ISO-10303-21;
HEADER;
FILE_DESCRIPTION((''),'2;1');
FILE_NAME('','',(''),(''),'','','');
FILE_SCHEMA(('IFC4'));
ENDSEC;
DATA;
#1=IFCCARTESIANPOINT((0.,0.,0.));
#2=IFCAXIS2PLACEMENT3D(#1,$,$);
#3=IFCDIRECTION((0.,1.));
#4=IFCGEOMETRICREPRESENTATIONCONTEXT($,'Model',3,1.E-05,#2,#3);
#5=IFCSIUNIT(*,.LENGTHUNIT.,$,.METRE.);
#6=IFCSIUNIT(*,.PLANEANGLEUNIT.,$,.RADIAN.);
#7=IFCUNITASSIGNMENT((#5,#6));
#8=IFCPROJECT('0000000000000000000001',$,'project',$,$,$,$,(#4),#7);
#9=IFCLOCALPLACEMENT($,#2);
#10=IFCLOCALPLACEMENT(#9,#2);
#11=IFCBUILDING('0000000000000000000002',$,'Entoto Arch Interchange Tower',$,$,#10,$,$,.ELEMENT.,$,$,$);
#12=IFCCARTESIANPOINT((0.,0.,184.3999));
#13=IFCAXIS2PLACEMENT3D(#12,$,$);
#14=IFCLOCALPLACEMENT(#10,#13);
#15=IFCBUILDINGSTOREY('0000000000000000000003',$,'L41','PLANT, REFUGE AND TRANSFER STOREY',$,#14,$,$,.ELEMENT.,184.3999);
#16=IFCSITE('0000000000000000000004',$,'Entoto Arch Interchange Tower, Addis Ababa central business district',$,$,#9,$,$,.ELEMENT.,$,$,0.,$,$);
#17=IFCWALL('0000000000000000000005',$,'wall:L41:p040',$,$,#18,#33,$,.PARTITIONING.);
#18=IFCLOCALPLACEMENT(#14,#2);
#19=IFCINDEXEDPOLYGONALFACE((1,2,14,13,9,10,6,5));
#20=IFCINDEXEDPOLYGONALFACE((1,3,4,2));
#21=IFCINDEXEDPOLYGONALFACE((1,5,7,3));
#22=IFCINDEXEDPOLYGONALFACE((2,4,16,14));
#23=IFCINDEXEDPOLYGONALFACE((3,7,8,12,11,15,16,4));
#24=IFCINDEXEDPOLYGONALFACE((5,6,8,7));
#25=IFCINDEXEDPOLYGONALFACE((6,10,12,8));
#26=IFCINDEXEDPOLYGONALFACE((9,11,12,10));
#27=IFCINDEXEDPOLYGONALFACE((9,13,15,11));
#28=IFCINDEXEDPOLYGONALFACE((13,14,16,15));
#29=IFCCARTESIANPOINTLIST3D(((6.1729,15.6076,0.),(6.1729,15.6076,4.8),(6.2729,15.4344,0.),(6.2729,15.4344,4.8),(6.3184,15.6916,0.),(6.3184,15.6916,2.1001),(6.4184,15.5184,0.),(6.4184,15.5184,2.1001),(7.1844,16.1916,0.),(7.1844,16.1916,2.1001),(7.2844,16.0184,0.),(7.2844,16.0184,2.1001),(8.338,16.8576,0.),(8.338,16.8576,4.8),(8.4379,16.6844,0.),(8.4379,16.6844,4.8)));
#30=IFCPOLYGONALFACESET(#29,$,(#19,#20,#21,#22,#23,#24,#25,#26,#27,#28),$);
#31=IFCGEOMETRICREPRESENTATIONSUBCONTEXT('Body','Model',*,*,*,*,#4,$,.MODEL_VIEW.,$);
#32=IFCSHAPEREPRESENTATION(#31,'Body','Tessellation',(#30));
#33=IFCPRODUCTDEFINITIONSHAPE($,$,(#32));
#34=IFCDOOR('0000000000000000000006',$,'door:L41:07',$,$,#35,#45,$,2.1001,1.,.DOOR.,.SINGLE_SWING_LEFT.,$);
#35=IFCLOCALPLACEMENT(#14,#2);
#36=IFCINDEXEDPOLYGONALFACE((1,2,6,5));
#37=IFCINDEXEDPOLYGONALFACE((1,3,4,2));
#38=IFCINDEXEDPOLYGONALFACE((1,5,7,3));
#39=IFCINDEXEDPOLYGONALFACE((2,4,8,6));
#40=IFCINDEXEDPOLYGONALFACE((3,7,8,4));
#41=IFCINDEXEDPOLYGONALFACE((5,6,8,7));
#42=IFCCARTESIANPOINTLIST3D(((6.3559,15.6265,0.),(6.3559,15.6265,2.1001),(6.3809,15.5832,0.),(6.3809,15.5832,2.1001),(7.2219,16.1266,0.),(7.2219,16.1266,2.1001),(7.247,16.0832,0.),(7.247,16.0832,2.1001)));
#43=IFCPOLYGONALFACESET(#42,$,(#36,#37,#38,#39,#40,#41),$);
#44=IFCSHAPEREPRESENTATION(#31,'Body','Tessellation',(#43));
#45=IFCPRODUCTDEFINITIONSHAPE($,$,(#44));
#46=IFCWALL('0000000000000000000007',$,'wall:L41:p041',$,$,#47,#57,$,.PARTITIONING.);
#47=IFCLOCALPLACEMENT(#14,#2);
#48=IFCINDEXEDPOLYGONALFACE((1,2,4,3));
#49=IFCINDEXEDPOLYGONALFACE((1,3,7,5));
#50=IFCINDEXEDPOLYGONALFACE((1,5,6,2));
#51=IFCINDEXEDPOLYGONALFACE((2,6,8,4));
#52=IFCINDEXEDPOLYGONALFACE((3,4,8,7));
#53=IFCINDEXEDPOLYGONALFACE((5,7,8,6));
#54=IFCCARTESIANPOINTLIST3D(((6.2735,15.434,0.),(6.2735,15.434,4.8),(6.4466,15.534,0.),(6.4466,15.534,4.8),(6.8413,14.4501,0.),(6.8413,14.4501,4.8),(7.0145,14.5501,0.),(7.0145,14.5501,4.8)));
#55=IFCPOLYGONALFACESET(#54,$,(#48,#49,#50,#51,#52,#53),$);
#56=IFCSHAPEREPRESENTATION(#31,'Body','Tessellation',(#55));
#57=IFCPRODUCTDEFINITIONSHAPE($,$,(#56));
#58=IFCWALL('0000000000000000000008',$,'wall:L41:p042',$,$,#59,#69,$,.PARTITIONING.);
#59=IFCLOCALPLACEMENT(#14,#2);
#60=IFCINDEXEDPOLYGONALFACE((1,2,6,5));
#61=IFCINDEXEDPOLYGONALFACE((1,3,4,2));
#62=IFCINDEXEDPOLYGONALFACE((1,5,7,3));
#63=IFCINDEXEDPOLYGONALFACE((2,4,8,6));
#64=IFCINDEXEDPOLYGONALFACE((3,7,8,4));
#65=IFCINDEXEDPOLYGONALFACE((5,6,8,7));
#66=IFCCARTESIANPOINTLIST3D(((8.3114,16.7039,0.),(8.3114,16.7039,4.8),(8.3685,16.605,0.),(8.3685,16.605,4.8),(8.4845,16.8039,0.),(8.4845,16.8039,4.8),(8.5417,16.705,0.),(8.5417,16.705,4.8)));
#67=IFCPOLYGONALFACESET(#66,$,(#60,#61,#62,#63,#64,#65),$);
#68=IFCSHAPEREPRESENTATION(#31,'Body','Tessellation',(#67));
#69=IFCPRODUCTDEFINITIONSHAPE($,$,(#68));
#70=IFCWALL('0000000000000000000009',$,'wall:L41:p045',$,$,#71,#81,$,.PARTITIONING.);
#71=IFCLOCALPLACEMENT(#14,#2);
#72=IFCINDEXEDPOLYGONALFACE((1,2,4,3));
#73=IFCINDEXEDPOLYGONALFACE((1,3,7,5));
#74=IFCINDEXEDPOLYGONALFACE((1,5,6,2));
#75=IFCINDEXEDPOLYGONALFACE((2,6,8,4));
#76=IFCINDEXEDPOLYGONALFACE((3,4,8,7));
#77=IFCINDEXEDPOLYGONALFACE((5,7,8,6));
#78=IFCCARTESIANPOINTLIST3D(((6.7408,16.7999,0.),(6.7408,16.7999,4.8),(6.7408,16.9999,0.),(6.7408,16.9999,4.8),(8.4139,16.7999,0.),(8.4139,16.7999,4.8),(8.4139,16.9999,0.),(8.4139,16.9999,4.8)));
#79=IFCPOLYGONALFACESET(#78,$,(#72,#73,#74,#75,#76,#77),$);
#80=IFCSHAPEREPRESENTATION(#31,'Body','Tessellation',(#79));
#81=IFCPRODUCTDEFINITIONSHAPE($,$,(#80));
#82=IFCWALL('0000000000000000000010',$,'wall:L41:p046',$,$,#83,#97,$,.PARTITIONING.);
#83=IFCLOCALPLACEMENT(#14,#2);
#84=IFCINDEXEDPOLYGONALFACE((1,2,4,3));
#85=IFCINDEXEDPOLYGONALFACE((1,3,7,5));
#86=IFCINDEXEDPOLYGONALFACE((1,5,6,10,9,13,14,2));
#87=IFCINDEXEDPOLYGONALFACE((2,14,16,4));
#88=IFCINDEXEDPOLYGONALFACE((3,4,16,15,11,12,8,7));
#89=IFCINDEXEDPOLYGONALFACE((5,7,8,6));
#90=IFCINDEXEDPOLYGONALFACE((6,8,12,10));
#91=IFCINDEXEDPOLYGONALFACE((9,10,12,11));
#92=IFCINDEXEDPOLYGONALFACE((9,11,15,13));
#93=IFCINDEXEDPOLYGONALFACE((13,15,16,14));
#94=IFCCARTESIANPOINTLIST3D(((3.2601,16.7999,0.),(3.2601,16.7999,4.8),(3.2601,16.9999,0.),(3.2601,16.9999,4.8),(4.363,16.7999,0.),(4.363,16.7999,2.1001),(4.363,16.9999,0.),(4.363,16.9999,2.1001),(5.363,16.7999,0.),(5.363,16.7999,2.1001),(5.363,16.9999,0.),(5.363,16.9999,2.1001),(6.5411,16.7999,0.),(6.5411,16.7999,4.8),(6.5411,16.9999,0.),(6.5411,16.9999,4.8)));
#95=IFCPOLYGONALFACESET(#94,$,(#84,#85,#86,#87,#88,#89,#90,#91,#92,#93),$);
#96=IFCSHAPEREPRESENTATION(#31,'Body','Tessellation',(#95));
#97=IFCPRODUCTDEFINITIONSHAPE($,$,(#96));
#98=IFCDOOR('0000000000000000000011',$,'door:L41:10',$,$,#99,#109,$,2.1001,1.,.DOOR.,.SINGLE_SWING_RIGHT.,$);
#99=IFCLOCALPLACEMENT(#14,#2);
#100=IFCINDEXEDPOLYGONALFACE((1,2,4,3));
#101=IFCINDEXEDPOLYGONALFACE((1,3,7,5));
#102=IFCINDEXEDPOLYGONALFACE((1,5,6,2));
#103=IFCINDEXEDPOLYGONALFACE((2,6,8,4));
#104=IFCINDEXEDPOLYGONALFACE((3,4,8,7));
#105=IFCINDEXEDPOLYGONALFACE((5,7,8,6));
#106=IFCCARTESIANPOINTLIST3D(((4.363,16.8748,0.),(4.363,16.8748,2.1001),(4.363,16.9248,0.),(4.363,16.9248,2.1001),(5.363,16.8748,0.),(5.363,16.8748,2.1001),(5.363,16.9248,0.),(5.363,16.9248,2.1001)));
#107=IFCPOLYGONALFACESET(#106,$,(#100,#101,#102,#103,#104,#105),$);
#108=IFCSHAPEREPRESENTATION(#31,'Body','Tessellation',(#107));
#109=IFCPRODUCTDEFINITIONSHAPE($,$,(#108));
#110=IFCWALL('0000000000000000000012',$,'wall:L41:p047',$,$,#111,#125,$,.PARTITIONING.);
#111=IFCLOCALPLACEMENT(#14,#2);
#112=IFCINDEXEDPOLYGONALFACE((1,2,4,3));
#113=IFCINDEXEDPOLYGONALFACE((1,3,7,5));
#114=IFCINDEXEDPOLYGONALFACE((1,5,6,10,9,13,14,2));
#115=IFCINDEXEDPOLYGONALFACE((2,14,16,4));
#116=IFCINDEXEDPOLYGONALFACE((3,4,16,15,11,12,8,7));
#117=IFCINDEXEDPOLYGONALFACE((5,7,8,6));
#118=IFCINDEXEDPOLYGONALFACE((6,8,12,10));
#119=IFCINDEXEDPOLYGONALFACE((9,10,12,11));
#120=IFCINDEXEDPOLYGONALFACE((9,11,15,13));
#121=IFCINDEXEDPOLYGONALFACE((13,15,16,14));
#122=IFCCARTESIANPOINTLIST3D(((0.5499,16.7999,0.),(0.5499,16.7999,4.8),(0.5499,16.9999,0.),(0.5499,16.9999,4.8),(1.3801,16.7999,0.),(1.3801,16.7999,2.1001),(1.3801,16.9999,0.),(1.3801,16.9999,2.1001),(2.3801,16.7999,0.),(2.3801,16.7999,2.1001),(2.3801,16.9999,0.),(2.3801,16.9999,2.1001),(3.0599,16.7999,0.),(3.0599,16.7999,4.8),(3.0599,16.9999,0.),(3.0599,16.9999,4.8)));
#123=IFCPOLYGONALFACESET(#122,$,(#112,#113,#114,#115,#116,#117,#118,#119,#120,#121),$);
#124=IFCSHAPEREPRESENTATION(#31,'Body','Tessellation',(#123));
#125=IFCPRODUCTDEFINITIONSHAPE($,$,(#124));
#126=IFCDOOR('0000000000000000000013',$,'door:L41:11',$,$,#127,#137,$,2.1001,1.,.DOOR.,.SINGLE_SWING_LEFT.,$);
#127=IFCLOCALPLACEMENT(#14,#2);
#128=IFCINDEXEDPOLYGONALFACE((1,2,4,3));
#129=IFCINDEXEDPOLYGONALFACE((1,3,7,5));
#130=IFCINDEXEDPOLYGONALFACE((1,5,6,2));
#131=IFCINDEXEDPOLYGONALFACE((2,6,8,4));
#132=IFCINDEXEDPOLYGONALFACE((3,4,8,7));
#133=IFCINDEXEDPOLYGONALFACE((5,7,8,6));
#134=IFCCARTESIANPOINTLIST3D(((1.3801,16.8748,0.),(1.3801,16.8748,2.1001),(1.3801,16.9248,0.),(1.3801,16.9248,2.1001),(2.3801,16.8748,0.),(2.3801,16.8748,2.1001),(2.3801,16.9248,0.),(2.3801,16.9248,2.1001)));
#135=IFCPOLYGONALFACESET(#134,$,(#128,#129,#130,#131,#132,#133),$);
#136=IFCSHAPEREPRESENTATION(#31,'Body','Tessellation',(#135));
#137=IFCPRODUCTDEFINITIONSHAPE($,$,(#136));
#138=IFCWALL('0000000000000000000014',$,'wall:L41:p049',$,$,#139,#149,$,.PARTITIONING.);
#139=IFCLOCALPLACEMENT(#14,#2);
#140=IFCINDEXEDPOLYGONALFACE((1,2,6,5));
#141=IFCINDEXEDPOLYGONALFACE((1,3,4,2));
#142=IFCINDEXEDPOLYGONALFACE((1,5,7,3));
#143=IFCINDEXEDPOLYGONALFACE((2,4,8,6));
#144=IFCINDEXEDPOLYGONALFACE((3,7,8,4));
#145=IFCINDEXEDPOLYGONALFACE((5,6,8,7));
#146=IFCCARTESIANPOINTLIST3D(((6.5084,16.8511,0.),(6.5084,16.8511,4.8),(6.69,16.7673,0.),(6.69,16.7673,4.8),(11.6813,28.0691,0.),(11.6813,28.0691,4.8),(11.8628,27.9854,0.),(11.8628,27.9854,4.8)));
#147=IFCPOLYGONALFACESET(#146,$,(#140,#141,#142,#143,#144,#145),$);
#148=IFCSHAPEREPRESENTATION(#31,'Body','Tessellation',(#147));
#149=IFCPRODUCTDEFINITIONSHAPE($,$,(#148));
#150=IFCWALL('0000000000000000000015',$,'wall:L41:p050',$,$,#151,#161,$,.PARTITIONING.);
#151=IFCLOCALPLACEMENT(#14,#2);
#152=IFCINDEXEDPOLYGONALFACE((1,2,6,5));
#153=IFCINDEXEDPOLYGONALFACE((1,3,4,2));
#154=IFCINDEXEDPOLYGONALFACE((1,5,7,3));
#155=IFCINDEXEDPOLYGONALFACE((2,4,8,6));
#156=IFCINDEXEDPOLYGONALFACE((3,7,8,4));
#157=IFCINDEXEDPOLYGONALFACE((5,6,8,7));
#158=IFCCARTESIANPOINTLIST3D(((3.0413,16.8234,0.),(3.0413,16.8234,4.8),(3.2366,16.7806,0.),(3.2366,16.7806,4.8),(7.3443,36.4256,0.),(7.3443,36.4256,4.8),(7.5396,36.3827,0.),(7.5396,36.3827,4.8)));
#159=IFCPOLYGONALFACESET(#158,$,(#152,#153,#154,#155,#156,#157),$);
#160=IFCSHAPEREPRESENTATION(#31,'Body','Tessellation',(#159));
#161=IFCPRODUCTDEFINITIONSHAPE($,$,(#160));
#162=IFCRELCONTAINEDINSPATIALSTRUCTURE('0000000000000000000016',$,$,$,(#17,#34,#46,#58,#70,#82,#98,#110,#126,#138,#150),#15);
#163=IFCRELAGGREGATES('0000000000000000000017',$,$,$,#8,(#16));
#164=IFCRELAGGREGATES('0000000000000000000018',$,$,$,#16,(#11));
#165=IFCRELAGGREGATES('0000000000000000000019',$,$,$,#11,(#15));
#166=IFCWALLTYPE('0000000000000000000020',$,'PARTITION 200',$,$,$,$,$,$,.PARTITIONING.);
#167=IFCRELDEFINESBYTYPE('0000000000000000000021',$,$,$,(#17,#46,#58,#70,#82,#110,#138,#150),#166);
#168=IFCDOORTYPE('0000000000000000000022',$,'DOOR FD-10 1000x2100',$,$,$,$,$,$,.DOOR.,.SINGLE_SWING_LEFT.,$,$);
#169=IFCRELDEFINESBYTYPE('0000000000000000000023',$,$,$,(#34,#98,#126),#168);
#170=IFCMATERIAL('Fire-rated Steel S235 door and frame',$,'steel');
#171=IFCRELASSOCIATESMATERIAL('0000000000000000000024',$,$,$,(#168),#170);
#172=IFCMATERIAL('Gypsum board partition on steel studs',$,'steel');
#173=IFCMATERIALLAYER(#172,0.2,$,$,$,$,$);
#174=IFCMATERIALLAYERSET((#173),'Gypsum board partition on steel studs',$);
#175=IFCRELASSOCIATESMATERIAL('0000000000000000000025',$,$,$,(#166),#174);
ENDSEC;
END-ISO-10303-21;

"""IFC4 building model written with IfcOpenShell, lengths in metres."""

from ifc_helpers import new_model, si_unit, direction, frame, frame_2d, origin, place, context, subcontext, project, spatial, rectangle, extrude, material, layer, layer_set, type_object, element, fill, save


model = new_model("IFC4")

# Units and contexts
model_context = context("Model", 3, precision=1e-05, world=origin(), true_north=direction((0.0, 1.0)))
body_context = subcontext(model_context, "Body", "Model", "MODEL_VIEW")
ifc_project = project(units=[si_unit("LENGTHUNIT", "METRE"), si_unit("PLANEANGLEUNIT", "RADIAN")], contexts=[model_context])

# Site, building, storey
site_placement = place(None, origin())
site = spatial("IfcSite", under=ifc_project, at=site_placement, Name="Entoto Arch Interchange Tower, Addis Ababa central business district", CompositionType="ELEMENT", RefElevation=0.0)
building_placement = place(site_placement, origin())
building = spatial("IfcBuilding", under=site, at=building_placement, Name="Entoto Arch Interchange Tower", CompositionType="ELEMENT")
storey_placement = place(building_placement, frame((0.0, 0.0, 184.3999)))
storey = spatial("IfcBuildingStorey", under=building, at=storey_placement, Name="L41", Description="PLANT, REFUGE AND TRANSFER STOREY", CompositionType="ELEMENT", Elevation=184.3999)

# Shared definitions
ifc_material_1 = material(Name="Fire-rated Steel S235 door and frame", Category="steel")
door_type_1 = type_object("IfcDoorType", Name="DOOR FD-10 1000x2100", OperationType="SINGLE_SWING_LEFT", PredefinedType="DOOR", material=ifc_material_1)

# Shared definitions
ifc_material_2 = material(Name="Gypsum board partition on steel studs", Category="steel")
ifc_layer_1 = layer(ifc_material_2, 0.2)
ifc_layer_set_1 = layer_set([ifc_layer_1], Name="Gypsum board partition on steel studs")
wall_type_1 = type_object("IfcWallType", Name="PARTITION 200", PredefinedType="PARTITIONING", material=ifc_layer_set_1)

# Wall, opening, door
wall_1_placement = place(storey_placement, frame((6.2229, 15.521, 0.0), z_axis=(0.0, 0.0, 1.0), x_axis=(0.866023, 0.500004, 0.0)))
wall_1 = element("IfcWall", 1, at=wall_1_placement, inside=storey, type_object=wall_type_1, Name="wall:L41:p040", PredefinedType="PARTITIONING", context=body_context, shape_type="SweptSolid", body=[
    extrude(rectangle(XDim=2.5, YDim=0.2, at=frame_2d((1.25, 0.0))), origin(), (0.0, 0.0, 1.0), 4.8),
])
opening_1_placement = place(wall_1_placement, frame((0.168, 0.0, 0.0)))
opening_1 = element("IfcOpeningElement", 2, at=opening_1_placement, cuts=wall_1, PredefinedType="OPENING", context=body_context, shape_type="SweptSolid", body=[
    extrude(rectangle(XDim=1.0, YDim=2.1001, at=frame_2d((0.5, 1.05))), frame((0.0, 0.1099, 0.0), z_axis=(0.0, -1.0, 0.0), x_axis=(1.0, 0.0, 0.0)), (0.0, 0.0, 1.0), 0.22),
])
door_1_placement = place(opening_1_placement, origin())
door_1 = element("IfcDoor", 3, at=door_1_placement, inside=storey, type_object=door_type_1, Name="door:L41:07", OperationType="SINGLE_SWING_LEFT", OverallHeight=2.1001, OverallWidth=1.0, PredefinedType="DOOR", context=body_context, shape_type="SweptSolid", body=[
    extrude(rectangle(XDim=1.0, YDim=2.1001, at=frame_2d((0.5, 1.05))), frame((0.0, 0.0249, 0.0), z_axis=(0.0, -1.0, 0.0), x_axis=(1.0, 0.0, 0.0)), (0.0, 0.0, 1.0), 0.05),
])
fill(opening_1, door_1)

# Walls
wall_2_placement = place(storey_placement, frame((6.3601, 15.4839, 0.0), z_axis=(0.0, 0.0, 1.0), x_axis=(0.499884, -0.866093, 0.0)))
element("IfcWall", 4, at=wall_2_placement, inside=storey, type_object=wall_type_1, Name="wall:L41:p041", PredefinedType="PARTITIONING", context=body_context, shape_type="SweptSolid", body=[
    extrude(rectangle(XDim=1.136, YDim=0.2, at=frame_2d((0.5679, 0.0))), origin(), (0.0, 0.0, 1.0), 4.8),
])
wall_3_placement = place(storey_placement, frame((8.3979, 16.7539, 0.0), z_axis=(0.0, 0.0, 1.0), x_axis=(0.500278, -0.865865, 0.0)))
element("IfcWall", 5, at=wall_3_placement, inside=storey, type_object=wall_type_1, Name="wall:L41:p042", PredefinedType="PARTITIONING", context=body_context, shape_type="SweptSolid", body=[
    extrude(rectangle(XDim=0.1143, YDim=0.2, at=frame_2d((0.0571, 0.0))), origin(), (0.0, 0.0, 1.0), 4.8),
])
wall_4_placement = place(storey_placement, frame((6.741, 16.8999, 0.0), z_axis=(0.0, 0.0, 1.0), x_axis=(1.0, 0.0, 0.0)))
element("IfcWall", 6, at=wall_4_placement, inside=storey, type_object=wall_type_1, Name="wall:L41:p045", PredefinedType="PARTITIONING", context=body_context, shape_type="SweptSolid", body=[
    extrude(rectangle(XDim=1.6731, YDim=0.2, at=frame_2d((0.8364, 0.0))), origin(), (0.0, 0.0, 1.0), 4.8),
])

# Walls, openings, doors
wall_5_placement = place(storey_placement, frame((3.26, 16.8999, 0.0), z_axis=(0.0, 0.0, 1.0), x_axis=(1.0, 0.0, 0.0)))
wall_5 = element("IfcWall", 7, at=wall_5_placement, inside=storey, type_object=wall_type_1, Name="wall:L41:p046", PredefinedType="PARTITIONING", context=body_context, shape_type="SweptSolid", body=[
    extrude(rectangle(XDim=3.281, YDim=0.2, at=frame_2d((1.6406, 0.0))), origin(), (0.0, 0.0, 1.0), 4.8),
])
opening_2_placement = place(wall_5_placement, frame((1.103, 0.0, 0.0)))
opening_2 = element("IfcOpeningElement", 8, at=opening_2_placement, cuts=wall_5, PredefinedType="OPENING", context=body_context, shape_type="SweptSolid", body=[
    extrude(rectangle(XDim=1.0, YDim=2.1001, at=frame_2d((0.5, 1.05))), frame((0.0, 0.1099, 0.0), z_axis=(0.0, -1.0, 0.0), x_axis=(1.0, 0.0, 0.0)), (0.0, 0.0, 1.0), 0.22),
])
door_2_placement = place(opening_2_placement, origin())
door_2 = element("IfcDoor", 9, at=door_2_placement, inside=storey, type_object=door_type_1, Name="door:L41:10", OperationType="SINGLE_SWING_RIGHT", OverallHeight=2.1001, OverallWidth=1.0, PredefinedType="DOOR", context=body_context, shape_type="SweptSolid", body=[
    extrude(rectangle(XDim=1.0, YDim=2.1001, at=frame_2d((0.5, 1.05))), frame((0.0, 0.0249, 0.0), z_axis=(0.0, -1.0, 0.0), x_axis=(1.0, 0.0, 0.0)), (0.0, 0.0, 1.0), 0.05),
])
fill(opening_2, door_2)
wall_6_placement = place(storey_placement, frame((0.55, 16.8999, 0.0), z_axis=(0.0, 0.0, 1.0), x_axis=(1.0, 0.0, 0.0)))
wall_6 = element("IfcWall", 10, at=wall_6_placement, inside=storey, type_object=wall_type_1, Name="wall:L41:p047", PredefinedType="PARTITIONING", context=body_context, shape_type="SweptSolid", body=[
    extrude(rectangle(XDim=2.51, YDim=0.2, at=frame_2d((1.2549, 0.0))), origin(), (0.0, 0.0, 1.0), 4.8),
])
opening_3_placement = place(wall_6_placement, frame((0.8301, 0.0, 0.0)))
opening_3 = element("IfcOpeningElement", 11, at=opening_3_placement, cuts=wall_6, PredefinedType="OPENING", context=body_context, shape_type="SweptSolid", body=[
    extrude(rectangle(XDim=1.0, YDim=2.1001, at=frame_2d((0.5, 1.05))), frame((0.0, 0.1099, 0.0), z_axis=(0.0, -1.0, 0.0), x_axis=(1.0, 0.0, 0.0)), (0.0, 0.0, 1.0), 0.22),
])
door_3_placement = place(opening_3_placement, origin())
door_3 = element("IfcDoor", 12, at=door_3_placement, inside=storey, type_object=door_type_1, Name="door:L41:11", OperationType="SINGLE_SWING_LEFT", OverallHeight=2.1001, OverallWidth=1.0, PredefinedType="DOOR", context=body_context, shape_type="SweptSolid", body=[
    extrude(rectangle(XDim=1.0, YDim=2.1001, at=frame_2d((0.5, 1.05))), frame((0.0, 0.0249, 0.0), z_axis=(0.0, -1.0, 0.0), x_axis=(1.0, 0.0, 0.0)), (0.0, 0.0, 1.0), 0.05),
])
fill(opening_3, door_3)

# Walls
wall_7_placement = place(storey_placement, frame((6.5991, 16.8091, 0.0), z_axis=(0.0, 0.0, 1.0), x_axis=(0.418745, 0.908104, 0.0)))
element("IfcWall", 13, at=wall_7_placement, inside=storey, type_object=wall_type_1, Name="wall:L41:p049", PredefinedType="PARTITIONING", context=body_context, shape_type="SweptSolid", body=[
    extrude(rectangle(XDim=12.3533, YDim=0.2, at=frame_2d((6.1768, 0.0))), origin(), (0.0, 0.0, 1.0), 4.8),
])
wall_8_placement = place(storey_placement, frame((3.1389, 16.802, 0.0), z_axis=(0.0, 0.0, 1.0), x_axis=(0.214412, 0.976743, 0.0)))
element("IfcWall", 14, at=wall_8_placement, inside=storey, type_object=wall_type_1, Name="wall:L41:p050", PredefinedType="PARTITIONING", context=body_context, shape_type="SweptSolid", body=[
    extrude(rectangle(XDim=20.0688, YDim=0.2, at=frame_2d((10.0344, 0.0))), origin(), (0.0, 0.0, 1.0), 4.8),
])

save(model, "model.ifc")
